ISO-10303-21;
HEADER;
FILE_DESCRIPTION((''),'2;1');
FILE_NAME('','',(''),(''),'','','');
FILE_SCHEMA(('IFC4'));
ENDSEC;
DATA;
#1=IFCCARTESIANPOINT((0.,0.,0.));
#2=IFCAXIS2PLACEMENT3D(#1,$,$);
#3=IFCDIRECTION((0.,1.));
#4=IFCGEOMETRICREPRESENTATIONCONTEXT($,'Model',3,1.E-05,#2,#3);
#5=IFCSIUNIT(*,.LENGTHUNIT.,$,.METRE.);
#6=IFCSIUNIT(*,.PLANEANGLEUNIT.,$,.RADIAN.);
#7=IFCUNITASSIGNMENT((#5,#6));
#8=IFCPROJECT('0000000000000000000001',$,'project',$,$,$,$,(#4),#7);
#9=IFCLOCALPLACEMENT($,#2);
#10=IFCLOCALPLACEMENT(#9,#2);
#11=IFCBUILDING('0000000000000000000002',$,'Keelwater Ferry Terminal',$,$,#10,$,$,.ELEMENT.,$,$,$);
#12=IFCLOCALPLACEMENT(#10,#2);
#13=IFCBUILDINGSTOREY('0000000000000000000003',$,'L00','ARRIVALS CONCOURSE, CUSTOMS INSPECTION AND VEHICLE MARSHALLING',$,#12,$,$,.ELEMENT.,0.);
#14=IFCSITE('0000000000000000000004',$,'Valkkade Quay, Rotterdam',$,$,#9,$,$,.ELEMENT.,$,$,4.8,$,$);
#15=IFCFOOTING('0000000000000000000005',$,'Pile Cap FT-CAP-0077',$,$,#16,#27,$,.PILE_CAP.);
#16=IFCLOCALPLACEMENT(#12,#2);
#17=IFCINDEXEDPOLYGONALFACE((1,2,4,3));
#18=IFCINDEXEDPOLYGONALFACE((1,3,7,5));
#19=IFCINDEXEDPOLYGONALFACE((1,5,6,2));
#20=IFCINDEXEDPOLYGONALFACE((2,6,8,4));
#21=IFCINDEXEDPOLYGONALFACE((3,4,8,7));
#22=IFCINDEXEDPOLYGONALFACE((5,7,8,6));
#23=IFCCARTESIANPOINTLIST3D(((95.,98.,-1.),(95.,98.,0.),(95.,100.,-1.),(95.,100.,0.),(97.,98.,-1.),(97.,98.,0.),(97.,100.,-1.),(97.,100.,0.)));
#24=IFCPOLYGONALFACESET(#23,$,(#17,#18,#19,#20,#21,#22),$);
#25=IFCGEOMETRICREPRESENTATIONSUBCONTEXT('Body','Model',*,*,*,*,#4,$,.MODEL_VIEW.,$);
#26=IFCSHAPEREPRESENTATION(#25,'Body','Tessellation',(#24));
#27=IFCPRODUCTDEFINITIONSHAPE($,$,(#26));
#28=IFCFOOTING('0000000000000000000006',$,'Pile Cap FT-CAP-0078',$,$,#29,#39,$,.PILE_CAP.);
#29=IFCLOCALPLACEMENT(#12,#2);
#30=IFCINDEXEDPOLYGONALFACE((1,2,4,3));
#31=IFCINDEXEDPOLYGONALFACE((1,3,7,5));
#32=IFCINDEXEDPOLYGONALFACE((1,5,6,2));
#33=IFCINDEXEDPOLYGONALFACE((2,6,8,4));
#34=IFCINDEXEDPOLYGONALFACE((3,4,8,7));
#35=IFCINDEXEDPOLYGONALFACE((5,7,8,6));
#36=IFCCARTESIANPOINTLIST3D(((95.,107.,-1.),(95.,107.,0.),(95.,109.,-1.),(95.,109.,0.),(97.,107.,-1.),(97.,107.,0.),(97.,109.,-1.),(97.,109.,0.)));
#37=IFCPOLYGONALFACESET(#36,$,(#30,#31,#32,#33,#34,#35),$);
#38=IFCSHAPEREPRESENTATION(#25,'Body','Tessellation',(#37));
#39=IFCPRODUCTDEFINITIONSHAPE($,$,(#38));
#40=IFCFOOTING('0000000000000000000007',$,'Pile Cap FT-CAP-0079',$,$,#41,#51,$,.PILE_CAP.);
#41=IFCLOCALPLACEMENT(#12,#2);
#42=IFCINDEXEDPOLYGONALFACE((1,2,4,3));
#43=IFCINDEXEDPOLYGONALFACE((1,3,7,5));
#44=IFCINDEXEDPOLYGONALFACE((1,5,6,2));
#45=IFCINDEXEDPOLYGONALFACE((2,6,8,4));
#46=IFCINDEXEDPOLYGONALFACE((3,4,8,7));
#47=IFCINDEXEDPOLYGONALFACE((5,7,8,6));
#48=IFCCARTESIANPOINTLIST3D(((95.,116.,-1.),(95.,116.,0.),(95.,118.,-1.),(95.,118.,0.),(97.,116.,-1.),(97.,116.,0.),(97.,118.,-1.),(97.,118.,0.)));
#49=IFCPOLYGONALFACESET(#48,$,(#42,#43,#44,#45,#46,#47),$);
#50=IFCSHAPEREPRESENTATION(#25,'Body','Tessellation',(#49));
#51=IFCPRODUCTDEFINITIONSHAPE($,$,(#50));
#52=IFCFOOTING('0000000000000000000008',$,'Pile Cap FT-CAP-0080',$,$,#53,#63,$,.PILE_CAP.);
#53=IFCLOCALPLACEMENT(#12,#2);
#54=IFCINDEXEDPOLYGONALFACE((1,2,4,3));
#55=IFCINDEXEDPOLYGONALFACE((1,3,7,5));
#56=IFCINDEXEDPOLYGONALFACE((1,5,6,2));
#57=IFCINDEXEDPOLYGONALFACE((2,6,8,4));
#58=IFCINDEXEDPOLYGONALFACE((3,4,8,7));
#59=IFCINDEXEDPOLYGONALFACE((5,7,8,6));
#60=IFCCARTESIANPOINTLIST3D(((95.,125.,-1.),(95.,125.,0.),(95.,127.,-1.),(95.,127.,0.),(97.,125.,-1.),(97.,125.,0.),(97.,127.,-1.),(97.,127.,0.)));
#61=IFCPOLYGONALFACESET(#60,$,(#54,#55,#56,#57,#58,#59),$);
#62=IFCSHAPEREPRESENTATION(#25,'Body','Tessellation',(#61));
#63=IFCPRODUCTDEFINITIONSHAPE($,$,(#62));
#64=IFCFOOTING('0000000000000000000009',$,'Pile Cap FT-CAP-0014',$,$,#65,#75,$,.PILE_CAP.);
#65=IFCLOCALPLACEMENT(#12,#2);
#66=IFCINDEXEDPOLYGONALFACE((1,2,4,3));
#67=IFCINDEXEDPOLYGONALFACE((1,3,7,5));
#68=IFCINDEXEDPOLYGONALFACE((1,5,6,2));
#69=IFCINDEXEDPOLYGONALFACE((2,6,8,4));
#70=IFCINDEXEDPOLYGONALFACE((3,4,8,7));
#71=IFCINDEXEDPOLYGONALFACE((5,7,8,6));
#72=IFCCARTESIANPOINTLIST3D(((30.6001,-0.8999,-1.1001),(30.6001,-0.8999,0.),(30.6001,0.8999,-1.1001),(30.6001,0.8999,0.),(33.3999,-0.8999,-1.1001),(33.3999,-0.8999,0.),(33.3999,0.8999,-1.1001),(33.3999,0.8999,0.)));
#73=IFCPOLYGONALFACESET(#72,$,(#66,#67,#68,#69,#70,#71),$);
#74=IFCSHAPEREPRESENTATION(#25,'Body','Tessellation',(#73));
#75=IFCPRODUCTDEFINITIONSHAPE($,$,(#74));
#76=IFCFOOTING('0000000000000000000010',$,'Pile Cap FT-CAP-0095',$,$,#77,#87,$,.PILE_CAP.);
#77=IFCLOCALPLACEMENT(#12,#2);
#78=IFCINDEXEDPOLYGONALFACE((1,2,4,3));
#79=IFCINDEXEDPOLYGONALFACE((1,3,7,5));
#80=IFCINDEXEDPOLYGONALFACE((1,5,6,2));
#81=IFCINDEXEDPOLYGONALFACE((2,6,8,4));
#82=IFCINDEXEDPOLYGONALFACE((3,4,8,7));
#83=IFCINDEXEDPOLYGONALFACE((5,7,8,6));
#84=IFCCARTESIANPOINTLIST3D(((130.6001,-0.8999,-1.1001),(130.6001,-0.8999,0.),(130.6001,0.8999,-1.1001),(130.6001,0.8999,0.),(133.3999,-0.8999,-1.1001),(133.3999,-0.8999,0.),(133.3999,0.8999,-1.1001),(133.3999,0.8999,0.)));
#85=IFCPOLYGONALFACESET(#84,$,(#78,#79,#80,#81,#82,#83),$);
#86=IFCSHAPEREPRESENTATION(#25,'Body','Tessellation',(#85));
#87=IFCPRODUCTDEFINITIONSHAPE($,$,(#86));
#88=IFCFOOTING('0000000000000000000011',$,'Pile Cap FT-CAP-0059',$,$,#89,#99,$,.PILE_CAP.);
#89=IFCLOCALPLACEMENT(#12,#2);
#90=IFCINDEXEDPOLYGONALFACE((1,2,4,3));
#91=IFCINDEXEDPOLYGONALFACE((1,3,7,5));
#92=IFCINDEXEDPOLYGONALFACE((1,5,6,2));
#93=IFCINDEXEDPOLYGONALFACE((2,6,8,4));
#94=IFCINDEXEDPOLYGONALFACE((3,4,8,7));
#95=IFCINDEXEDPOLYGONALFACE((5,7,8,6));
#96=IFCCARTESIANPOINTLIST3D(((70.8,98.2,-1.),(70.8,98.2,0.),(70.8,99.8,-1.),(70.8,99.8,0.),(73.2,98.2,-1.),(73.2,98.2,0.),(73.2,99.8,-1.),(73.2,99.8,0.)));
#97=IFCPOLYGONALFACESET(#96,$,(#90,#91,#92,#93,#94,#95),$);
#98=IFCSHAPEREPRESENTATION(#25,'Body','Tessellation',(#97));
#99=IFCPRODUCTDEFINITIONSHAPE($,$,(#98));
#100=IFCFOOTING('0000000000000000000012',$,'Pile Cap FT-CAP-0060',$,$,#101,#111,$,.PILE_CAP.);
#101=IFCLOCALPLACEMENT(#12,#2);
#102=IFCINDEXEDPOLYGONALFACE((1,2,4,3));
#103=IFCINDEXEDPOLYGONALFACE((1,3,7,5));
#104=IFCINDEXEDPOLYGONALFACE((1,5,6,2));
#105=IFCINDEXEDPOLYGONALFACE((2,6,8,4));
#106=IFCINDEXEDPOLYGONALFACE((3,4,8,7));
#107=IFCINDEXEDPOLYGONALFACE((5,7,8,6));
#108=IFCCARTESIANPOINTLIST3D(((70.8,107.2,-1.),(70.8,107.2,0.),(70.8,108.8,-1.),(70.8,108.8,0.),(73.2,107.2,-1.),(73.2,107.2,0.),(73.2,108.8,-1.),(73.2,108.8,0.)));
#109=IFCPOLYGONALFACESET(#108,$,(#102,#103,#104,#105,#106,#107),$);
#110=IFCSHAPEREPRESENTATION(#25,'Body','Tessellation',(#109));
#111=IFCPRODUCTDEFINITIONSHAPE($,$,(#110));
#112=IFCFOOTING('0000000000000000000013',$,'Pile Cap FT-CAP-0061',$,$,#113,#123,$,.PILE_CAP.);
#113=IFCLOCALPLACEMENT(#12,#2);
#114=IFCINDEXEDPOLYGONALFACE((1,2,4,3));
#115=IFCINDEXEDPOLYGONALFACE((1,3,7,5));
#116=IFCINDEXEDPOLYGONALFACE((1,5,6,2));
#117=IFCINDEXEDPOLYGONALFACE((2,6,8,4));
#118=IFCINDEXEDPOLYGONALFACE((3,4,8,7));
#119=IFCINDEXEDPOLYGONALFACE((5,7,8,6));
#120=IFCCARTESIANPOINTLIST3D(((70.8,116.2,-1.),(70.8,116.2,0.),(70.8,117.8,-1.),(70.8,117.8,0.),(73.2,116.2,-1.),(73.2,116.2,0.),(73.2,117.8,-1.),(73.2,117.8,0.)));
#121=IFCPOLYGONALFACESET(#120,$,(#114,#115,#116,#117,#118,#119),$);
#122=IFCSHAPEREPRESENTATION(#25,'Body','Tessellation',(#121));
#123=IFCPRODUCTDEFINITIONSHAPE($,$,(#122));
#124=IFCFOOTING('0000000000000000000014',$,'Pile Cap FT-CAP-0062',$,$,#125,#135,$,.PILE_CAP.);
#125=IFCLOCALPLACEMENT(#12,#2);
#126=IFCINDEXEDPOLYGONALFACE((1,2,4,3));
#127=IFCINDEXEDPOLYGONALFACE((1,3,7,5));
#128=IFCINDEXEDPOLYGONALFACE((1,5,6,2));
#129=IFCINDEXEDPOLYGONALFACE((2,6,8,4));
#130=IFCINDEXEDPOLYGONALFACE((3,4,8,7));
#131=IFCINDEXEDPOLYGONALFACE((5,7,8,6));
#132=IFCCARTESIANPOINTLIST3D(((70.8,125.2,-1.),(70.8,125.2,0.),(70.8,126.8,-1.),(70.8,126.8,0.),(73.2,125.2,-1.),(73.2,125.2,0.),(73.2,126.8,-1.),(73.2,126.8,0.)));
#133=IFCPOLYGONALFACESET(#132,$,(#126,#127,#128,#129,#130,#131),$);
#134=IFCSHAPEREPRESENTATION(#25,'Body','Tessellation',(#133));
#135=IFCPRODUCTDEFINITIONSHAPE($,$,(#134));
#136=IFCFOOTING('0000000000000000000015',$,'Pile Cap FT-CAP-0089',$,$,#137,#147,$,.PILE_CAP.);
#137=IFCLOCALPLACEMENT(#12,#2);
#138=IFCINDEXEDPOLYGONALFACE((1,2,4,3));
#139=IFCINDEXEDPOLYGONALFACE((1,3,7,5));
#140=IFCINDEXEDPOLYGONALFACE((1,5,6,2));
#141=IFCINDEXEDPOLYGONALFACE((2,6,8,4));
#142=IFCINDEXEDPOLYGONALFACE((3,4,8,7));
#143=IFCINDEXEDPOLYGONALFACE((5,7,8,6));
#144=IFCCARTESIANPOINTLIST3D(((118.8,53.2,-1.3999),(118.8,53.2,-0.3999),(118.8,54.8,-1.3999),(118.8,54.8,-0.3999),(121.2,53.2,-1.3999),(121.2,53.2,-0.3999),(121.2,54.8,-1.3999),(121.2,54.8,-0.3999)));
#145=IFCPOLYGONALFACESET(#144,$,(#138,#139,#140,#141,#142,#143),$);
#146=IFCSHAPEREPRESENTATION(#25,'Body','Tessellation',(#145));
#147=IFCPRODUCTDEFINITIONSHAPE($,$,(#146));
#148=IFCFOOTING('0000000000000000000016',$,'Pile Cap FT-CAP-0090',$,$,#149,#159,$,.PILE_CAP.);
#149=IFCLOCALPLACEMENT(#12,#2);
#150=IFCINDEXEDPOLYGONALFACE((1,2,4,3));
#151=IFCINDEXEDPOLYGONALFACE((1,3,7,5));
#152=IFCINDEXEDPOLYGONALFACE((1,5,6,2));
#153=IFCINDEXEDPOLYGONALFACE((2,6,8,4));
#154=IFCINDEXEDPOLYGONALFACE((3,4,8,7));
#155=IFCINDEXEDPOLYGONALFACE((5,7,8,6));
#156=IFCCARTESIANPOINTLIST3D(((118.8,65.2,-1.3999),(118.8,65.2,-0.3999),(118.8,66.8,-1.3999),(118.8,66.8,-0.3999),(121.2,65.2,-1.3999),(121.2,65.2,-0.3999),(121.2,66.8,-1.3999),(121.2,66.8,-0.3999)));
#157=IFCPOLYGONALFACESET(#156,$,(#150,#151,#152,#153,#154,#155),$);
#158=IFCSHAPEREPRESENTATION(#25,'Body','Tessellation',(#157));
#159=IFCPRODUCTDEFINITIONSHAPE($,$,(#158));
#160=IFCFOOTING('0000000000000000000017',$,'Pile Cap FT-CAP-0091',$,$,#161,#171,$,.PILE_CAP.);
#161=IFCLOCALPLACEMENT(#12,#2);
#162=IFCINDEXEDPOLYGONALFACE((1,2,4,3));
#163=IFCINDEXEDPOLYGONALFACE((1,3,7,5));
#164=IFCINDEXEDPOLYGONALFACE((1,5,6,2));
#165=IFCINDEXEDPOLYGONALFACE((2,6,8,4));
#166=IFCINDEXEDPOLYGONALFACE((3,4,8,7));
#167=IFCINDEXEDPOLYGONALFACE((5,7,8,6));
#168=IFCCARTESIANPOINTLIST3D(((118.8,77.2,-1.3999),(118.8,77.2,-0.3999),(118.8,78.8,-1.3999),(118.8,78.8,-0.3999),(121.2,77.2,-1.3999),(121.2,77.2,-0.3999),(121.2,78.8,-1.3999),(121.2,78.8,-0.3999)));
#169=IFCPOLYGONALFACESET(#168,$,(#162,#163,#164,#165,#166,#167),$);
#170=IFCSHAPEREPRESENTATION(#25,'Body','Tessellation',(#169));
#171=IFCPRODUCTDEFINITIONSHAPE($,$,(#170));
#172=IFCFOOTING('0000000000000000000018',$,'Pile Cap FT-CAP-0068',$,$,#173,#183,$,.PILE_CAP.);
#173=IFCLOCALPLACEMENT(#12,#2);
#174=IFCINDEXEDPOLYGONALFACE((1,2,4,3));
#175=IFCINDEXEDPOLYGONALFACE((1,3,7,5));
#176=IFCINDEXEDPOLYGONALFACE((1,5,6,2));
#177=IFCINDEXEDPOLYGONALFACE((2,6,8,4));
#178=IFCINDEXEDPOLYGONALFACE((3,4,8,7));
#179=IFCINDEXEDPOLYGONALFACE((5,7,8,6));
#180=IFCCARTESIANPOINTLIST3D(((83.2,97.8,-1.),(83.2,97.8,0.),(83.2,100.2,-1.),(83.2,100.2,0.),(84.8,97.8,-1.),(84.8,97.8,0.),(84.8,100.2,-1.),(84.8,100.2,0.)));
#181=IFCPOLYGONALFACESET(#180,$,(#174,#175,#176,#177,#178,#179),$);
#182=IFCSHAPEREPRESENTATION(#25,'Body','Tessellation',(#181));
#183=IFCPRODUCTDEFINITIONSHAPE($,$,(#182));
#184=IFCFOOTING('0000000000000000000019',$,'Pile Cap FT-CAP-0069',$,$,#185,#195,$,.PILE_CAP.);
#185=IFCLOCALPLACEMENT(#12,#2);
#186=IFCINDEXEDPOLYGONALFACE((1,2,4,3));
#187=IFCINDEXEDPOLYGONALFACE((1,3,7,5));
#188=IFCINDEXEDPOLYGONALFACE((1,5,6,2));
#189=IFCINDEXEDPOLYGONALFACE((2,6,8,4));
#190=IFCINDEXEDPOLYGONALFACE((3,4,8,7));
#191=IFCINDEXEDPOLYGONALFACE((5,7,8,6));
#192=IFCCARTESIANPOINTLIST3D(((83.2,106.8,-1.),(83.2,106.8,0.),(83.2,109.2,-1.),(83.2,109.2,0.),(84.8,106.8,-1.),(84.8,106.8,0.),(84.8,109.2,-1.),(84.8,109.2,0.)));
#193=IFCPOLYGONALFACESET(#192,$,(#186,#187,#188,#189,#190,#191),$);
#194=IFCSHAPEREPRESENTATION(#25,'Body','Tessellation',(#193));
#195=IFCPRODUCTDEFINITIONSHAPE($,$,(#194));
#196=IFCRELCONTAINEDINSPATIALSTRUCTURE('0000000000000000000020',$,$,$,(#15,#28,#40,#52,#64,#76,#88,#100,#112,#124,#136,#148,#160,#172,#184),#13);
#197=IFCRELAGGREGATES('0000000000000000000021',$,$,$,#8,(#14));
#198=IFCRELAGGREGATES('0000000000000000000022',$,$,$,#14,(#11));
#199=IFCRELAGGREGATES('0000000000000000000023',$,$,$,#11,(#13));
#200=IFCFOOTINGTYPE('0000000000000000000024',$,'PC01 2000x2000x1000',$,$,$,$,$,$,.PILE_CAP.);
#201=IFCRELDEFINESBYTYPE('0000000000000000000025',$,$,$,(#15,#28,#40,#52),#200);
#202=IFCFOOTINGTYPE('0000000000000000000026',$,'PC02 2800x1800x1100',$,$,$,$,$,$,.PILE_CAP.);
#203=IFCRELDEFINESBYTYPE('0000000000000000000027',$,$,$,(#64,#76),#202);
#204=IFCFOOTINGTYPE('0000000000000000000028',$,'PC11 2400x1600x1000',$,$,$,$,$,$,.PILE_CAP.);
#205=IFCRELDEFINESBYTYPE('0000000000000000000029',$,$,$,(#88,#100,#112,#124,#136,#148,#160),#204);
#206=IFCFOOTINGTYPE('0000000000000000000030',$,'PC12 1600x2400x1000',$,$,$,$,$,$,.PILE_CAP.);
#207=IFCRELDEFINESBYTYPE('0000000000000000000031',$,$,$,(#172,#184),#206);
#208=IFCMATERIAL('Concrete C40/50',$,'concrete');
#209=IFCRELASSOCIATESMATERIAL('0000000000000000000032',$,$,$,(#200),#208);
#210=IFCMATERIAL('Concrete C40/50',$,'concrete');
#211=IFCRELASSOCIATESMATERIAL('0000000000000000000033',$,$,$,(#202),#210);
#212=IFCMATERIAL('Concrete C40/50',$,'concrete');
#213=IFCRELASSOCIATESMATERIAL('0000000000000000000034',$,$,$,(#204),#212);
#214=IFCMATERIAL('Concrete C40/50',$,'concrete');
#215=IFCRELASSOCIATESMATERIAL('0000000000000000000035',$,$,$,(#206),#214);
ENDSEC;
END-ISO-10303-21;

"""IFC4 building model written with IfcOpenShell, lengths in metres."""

from ifc_helpers import new_model, si_unit, direction, frame, origin, place, context, subcontext, project, spatial, polyline, outline, extrude, material, type_object, element, save


model = new_model("IFC4")

# Units and contexts
model_context = context("Model", 3, precision=1e-05, world=origin(), true_north=direction((0.0, 1.0)))
body_context = subcontext(model_context, "Body", "Model", "MODEL_VIEW")
ifc_project = project(units=[si_unit("LENGTHUNIT", "METRE"), si_unit("PLANEANGLEUNIT", "RADIAN")], contexts=[model_context])

# Site, building, storey
site_placement = place(None, origin())
site = spatial("IfcSite", under=ifc_project, at=site_placement, Name="Valkkade Quay, Rotterdam", CompositionType="ELEMENT", RefElevation=4.8)
building_placement = place(site_placement, origin())
building = spatial("IfcBuilding", under=site, at=building_placement, Name="Keelwater Ferry Terminal", CompositionType="ELEMENT")
storey_placement = place(building_placement, origin())
storey = spatial("IfcBuildingStorey", under=building, at=storey_placement, Name="L00", Description="ARRIVALS CONCOURSE, CUSTOMS INSPECTION AND VEHICLE MARSHALLING", CompositionType="ELEMENT", Elevation=0.0)

# Footings
ifc_material_1 = material(Name="Concrete C40/50", Category="concrete")
footing_type_1 = type_object("IfcFootingType", Name="PC01 2000x2000x1000", PredefinedType="PILE_CAP", material=ifc_material_1)
footing_1_placement = place(storey_placement, frame((0.0, 0.0, -1.0)))
element("IfcFooting", 1, at=footing_1_placement, inside=storey, type_object=footing_type_1, Name="Pile Cap FT-CAP-0077", PredefinedType="PILE_CAP", context=body_context, shape_type="SweptSolid", body=[
    extrude(outline(polyline([(95.0, 98.0), (97.0, 98.0), (97.0, 100.0), (95.0, 100.0), (95.0, 98.0)])), origin(), (0.0, 0.0, 1.0), 1.0),
])
footing_2_placement = place(storey_placement, frame((0.0, 0.0, -1.0)))
element("IfcFooting", 2, at=footing_2_placement, inside=storey, type_object=footing_type_1, Name="Pile Cap FT-CAP-0078", PredefinedType="PILE_CAP", context=body_context, shape_type="SweptSolid", body=[
    extrude(outline(polyline([(95.0, 107.0), (97.0, 107.0), (97.0, 109.0), (95.0, 109.0), (95.0, 107.0)])), origin(), (0.0, 0.0, 1.0), 1.0),
])
footing_3_placement = place(storey_placement, frame((0.0, 0.0, -1.0)))
element("IfcFooting", 3, at=footing_3_placement, inside=storey, type_object=footing_type_1, Name="Pile Cap FT-CAP-0079", PredefinedType="PILE_CAP", context=body_context, shape_type="SweptSolid", body=[
    extrude(outline(polyline([(95.0, 116.0), (97.0, 116.0), (97.0, 118.0), (95.0, 118.0), (95.0, 116.0)])), origin(), (0.0, 0.0, 1.0), 1.0),
])
footing_4_placement = place(storey_placement, frame((0.0, 0.0, -1.0)))
element("IfcFooting", 4, at=footing_4_placement, inside=storey, type_object=footing_type_1, Name="Pile Cap FT-CAP-0080", PredefinedType="PILE_CAP", context=body_context, shape_type="SweptSolid", body=[
    extrude(outline(polyline([(95.0, 125.0), (97.0, 125.0), (97.0, 127.0), (95.0, 127.0), (95.0, 125.0)])), origin(), (0.0, 0.0, 1.0), 1.0),
])
ifc_material_2 = material(Name="Concrete C40/50", Category="concrete")
footing_type_2 = type_object("IfcFootingType", Name="PC02 2800x1800x1100", PredefinedType="PILE_CAP", material=ifc_material_2)
footing_5_placement = place(storey_placement, frame((0.0, 0.0, -1.1001)))
element("IfcFooting", 5, at=footing_5_placement, inside=storey, type_object=footing_type_2, Name="Pile Cap FT-CAP-0014", PredefinedType="PILE_CAP", context=body_context, shape_type="SweptSolid", body=[
    extrude(outline(polyline([(30.6001, -0.8999), (33.3999, -0.8999), (33.3999, 0.8999), (30.6001, 0.8999), (30.6001, -0.8999)])), origin(), (0.0, 0.0, 1.0), 1.1001),
])
footing_6_placement = place(storey_placement, frame((0.0, 0.0, -1.1001)))
element("IfcFooting", 6, at=footing_6_placement, inside=storey, type_object=footing_type_2, Name="Pile Cap FT-CAP-0095", PredefinedType="PILE_CAP", context=body_context, shape_type="SweptSolid", body=[
    extrude(outline(polyline([(130.6001, -0.8999), (133.3999, -0.8999), (133.3999, 0.8999), (130.6001, 0.8999), (130.6001, -0.8999)])), origin(), (0.0, 0.0, 1.0), 1.1001),
])
ifc_material_3 = material(Name="Concrete C40/50", Category="concrete")
footing_type_3 = type_object("IfcFootingType", Name="PC11 2400x1600x1000", PredefinedType="PILE_CAP", material=ifc_material_3)
footing_7_placement = place(storey_placement, frame((0.0, 0.0, -1.0)))
element("IfcFooting", 7, at=footing_7_placement, inside=storey, type_object=footing_type_3, Name="Pile Cap FT-CAP-0059", PredefinedType="PILE_CAP", context=body_context, shape_type="SweptSolid", body=[
    extrude(outline(polyline([(70.8, 98.2), (73.2, 98.2), (73.2, 99.8), (70.8, 99.8), (70.8, 98.2)])), origin(), (0.0, 0.0, 1.0), 1.0),
])
footing_8_placement = place(storey_placement, frame((0.0, 0.0, -1.0)))
element("IfcFooting", 8, at=footing_8_placement, inside=storey, type_object=footing_type_3, Name="Pile Cap FT-CAP-0060", PredefinedType="PILE_CAP", context=body_context, shape_type="SweptSolid", body=[
    extrude(outline(polyline([(70.8, 107.2), (73.2, 107.2), (73.2, 108.8), (70.8, 108.8), (70.8, 107.2)])), origin(), (0.0, 0.0, 1.0), 1.0),
])
footing_9_placement = place(storey_placement, frame((0.0, 0.0, -1.0)))
element("IfcFooting", 9, at=footing_9_placement, inside=storey, type_object=footing_type_3, Name="Pile Cap FT-CAP-0061", PredefinedType="PILE_CAP", context=body_context, shape_type="SweptSolid", body=[
    extrude(outline(polyline([(70.8, 116.2), (73.2, 116.2), (73.2, 117.8), (70.8, 117.8), (70.8, 116.2)])), origin(), (0.0, 0.0, 1.0), 1.0),
])
footing_10_placement = place(storey_placement, frame((0.0, 0.0, -1.0)))
element("IfcFooting", 10, at=footing_10_placement, inside=storey, type_object=footing_type_3, Name="Pile Cap FT-CAP-0062", PredefinedType="PILE_CAP", context=body_context, shape_type="SweptSolid", body=[
    extrude(outline(polyline([(70.8, 125.2), (73.2, 125.2), (73.2, 126.8), (70.8, 126.8), (70.8, 125.2)])), origin(), (0.0, 0.0, 1.0), 1.0),
])
footing_11_placement = place(storey_placement, frame((0.0, 0.0, -1.3999)))
element("IfcFooting", 11, at=footing_11_placement, inside=storey, type_object=footing_type_3, Name="Pile Cap FT-CAP-0089", PredefinedType="PILE_CAP", context=body_context, shape_type="SweptSolid", body=[
    extrude(outline(polyline([(118.8, 53.2), (121.2, 53.2), (121.2, 54.8), (118.8, 54.8), (118.8, 53.2)])), origin(), (0.0, 0.0, 1.0), 1.0),
])
footing_12_placement = place(storey_placement, frame((0.0, 0.0, -1.3999)))
element("IfcFooting", 12, at=footing_12_placement, inside=storey, type_object=footing_type_3, Name="Pile Cap FT-CAP-0090", PredefinedType="PILE_CAP", context=body_context, shape_type="SweptSolid", body=[
    extrude(outline(polyline([(118.8, 65.2), (121.2, 65.2), (121.2, 66.8), (118.8, 66.8), (118.8, 65.2)])), origin(), (0.0, 0.0, 1.0), 1.0),
])
footing_13_placement = place(storey_placement, frame((0.0, 0.0, -1.3999)))
element("IfcFooting", 13, at=footing_13_placement, inside=storey, type_object=footing_type_3, Name="Pile Cap FT-CAP-0091", PredefinedType="PILE_CAP", context=body_context, shape_type="SweptSolid", body=[
    extrude(outline(polyline([(118.8, 77.2), (121.2, 77.2), (121.2, 78.8), (118.8, 78.8), (118.8, 77.2)])), origin(), (0.0, 0.0, 1.0), 1.0),
])
ifc_material_4 = material(Name="Concrete C40/50", Category="concrete")
footing_type_4 = type_object("IfcFootingType", Name="PC12 1600x2400x1000", PredefinedType="PILE_CAP", material=ifc_material_4)
footing_14_placement = place(storey_placement, frame((0.0, 0.0, -1.0)))
element("IfcFooting", 14, at=footing_14_placement, inside=storey, type_object=footing_type_4, Name="Pile Cap FT-CAP-0068", PredefinedType="PILE_CAP", context=body_context, shape_type="SweptSolid", body=[
    extrude(outline(polyline([(83.2, 97.8), (84.8, 97.8), (84.8, 100.2), (83.2, 100.2), (83.2, 97.8)])), origin(), (0.0, 0.0, 1.0), 1.0),
])
footing_15_placement = place(storey_placement, frame((0.0, 0.0, -1.0)))
element("IfcFooting", 15, at=footing_15_placement, inside=storey, type_object=footing_type_4, Name="Pile Cap FT-CAP-0069", PredefinedType="PILE_CAP", context=body_context, shape_type="SweptSolid", body=[
    extrude(outline(polyline([(83.2, 106.8), (84.8, 106.8), (84.8, 109.2), (83.2, 109.2), (83.2, 106.8)])), origin(), (0.0, 0.0, 1.0), 1.0),
])

save(model, "model.ifc")
